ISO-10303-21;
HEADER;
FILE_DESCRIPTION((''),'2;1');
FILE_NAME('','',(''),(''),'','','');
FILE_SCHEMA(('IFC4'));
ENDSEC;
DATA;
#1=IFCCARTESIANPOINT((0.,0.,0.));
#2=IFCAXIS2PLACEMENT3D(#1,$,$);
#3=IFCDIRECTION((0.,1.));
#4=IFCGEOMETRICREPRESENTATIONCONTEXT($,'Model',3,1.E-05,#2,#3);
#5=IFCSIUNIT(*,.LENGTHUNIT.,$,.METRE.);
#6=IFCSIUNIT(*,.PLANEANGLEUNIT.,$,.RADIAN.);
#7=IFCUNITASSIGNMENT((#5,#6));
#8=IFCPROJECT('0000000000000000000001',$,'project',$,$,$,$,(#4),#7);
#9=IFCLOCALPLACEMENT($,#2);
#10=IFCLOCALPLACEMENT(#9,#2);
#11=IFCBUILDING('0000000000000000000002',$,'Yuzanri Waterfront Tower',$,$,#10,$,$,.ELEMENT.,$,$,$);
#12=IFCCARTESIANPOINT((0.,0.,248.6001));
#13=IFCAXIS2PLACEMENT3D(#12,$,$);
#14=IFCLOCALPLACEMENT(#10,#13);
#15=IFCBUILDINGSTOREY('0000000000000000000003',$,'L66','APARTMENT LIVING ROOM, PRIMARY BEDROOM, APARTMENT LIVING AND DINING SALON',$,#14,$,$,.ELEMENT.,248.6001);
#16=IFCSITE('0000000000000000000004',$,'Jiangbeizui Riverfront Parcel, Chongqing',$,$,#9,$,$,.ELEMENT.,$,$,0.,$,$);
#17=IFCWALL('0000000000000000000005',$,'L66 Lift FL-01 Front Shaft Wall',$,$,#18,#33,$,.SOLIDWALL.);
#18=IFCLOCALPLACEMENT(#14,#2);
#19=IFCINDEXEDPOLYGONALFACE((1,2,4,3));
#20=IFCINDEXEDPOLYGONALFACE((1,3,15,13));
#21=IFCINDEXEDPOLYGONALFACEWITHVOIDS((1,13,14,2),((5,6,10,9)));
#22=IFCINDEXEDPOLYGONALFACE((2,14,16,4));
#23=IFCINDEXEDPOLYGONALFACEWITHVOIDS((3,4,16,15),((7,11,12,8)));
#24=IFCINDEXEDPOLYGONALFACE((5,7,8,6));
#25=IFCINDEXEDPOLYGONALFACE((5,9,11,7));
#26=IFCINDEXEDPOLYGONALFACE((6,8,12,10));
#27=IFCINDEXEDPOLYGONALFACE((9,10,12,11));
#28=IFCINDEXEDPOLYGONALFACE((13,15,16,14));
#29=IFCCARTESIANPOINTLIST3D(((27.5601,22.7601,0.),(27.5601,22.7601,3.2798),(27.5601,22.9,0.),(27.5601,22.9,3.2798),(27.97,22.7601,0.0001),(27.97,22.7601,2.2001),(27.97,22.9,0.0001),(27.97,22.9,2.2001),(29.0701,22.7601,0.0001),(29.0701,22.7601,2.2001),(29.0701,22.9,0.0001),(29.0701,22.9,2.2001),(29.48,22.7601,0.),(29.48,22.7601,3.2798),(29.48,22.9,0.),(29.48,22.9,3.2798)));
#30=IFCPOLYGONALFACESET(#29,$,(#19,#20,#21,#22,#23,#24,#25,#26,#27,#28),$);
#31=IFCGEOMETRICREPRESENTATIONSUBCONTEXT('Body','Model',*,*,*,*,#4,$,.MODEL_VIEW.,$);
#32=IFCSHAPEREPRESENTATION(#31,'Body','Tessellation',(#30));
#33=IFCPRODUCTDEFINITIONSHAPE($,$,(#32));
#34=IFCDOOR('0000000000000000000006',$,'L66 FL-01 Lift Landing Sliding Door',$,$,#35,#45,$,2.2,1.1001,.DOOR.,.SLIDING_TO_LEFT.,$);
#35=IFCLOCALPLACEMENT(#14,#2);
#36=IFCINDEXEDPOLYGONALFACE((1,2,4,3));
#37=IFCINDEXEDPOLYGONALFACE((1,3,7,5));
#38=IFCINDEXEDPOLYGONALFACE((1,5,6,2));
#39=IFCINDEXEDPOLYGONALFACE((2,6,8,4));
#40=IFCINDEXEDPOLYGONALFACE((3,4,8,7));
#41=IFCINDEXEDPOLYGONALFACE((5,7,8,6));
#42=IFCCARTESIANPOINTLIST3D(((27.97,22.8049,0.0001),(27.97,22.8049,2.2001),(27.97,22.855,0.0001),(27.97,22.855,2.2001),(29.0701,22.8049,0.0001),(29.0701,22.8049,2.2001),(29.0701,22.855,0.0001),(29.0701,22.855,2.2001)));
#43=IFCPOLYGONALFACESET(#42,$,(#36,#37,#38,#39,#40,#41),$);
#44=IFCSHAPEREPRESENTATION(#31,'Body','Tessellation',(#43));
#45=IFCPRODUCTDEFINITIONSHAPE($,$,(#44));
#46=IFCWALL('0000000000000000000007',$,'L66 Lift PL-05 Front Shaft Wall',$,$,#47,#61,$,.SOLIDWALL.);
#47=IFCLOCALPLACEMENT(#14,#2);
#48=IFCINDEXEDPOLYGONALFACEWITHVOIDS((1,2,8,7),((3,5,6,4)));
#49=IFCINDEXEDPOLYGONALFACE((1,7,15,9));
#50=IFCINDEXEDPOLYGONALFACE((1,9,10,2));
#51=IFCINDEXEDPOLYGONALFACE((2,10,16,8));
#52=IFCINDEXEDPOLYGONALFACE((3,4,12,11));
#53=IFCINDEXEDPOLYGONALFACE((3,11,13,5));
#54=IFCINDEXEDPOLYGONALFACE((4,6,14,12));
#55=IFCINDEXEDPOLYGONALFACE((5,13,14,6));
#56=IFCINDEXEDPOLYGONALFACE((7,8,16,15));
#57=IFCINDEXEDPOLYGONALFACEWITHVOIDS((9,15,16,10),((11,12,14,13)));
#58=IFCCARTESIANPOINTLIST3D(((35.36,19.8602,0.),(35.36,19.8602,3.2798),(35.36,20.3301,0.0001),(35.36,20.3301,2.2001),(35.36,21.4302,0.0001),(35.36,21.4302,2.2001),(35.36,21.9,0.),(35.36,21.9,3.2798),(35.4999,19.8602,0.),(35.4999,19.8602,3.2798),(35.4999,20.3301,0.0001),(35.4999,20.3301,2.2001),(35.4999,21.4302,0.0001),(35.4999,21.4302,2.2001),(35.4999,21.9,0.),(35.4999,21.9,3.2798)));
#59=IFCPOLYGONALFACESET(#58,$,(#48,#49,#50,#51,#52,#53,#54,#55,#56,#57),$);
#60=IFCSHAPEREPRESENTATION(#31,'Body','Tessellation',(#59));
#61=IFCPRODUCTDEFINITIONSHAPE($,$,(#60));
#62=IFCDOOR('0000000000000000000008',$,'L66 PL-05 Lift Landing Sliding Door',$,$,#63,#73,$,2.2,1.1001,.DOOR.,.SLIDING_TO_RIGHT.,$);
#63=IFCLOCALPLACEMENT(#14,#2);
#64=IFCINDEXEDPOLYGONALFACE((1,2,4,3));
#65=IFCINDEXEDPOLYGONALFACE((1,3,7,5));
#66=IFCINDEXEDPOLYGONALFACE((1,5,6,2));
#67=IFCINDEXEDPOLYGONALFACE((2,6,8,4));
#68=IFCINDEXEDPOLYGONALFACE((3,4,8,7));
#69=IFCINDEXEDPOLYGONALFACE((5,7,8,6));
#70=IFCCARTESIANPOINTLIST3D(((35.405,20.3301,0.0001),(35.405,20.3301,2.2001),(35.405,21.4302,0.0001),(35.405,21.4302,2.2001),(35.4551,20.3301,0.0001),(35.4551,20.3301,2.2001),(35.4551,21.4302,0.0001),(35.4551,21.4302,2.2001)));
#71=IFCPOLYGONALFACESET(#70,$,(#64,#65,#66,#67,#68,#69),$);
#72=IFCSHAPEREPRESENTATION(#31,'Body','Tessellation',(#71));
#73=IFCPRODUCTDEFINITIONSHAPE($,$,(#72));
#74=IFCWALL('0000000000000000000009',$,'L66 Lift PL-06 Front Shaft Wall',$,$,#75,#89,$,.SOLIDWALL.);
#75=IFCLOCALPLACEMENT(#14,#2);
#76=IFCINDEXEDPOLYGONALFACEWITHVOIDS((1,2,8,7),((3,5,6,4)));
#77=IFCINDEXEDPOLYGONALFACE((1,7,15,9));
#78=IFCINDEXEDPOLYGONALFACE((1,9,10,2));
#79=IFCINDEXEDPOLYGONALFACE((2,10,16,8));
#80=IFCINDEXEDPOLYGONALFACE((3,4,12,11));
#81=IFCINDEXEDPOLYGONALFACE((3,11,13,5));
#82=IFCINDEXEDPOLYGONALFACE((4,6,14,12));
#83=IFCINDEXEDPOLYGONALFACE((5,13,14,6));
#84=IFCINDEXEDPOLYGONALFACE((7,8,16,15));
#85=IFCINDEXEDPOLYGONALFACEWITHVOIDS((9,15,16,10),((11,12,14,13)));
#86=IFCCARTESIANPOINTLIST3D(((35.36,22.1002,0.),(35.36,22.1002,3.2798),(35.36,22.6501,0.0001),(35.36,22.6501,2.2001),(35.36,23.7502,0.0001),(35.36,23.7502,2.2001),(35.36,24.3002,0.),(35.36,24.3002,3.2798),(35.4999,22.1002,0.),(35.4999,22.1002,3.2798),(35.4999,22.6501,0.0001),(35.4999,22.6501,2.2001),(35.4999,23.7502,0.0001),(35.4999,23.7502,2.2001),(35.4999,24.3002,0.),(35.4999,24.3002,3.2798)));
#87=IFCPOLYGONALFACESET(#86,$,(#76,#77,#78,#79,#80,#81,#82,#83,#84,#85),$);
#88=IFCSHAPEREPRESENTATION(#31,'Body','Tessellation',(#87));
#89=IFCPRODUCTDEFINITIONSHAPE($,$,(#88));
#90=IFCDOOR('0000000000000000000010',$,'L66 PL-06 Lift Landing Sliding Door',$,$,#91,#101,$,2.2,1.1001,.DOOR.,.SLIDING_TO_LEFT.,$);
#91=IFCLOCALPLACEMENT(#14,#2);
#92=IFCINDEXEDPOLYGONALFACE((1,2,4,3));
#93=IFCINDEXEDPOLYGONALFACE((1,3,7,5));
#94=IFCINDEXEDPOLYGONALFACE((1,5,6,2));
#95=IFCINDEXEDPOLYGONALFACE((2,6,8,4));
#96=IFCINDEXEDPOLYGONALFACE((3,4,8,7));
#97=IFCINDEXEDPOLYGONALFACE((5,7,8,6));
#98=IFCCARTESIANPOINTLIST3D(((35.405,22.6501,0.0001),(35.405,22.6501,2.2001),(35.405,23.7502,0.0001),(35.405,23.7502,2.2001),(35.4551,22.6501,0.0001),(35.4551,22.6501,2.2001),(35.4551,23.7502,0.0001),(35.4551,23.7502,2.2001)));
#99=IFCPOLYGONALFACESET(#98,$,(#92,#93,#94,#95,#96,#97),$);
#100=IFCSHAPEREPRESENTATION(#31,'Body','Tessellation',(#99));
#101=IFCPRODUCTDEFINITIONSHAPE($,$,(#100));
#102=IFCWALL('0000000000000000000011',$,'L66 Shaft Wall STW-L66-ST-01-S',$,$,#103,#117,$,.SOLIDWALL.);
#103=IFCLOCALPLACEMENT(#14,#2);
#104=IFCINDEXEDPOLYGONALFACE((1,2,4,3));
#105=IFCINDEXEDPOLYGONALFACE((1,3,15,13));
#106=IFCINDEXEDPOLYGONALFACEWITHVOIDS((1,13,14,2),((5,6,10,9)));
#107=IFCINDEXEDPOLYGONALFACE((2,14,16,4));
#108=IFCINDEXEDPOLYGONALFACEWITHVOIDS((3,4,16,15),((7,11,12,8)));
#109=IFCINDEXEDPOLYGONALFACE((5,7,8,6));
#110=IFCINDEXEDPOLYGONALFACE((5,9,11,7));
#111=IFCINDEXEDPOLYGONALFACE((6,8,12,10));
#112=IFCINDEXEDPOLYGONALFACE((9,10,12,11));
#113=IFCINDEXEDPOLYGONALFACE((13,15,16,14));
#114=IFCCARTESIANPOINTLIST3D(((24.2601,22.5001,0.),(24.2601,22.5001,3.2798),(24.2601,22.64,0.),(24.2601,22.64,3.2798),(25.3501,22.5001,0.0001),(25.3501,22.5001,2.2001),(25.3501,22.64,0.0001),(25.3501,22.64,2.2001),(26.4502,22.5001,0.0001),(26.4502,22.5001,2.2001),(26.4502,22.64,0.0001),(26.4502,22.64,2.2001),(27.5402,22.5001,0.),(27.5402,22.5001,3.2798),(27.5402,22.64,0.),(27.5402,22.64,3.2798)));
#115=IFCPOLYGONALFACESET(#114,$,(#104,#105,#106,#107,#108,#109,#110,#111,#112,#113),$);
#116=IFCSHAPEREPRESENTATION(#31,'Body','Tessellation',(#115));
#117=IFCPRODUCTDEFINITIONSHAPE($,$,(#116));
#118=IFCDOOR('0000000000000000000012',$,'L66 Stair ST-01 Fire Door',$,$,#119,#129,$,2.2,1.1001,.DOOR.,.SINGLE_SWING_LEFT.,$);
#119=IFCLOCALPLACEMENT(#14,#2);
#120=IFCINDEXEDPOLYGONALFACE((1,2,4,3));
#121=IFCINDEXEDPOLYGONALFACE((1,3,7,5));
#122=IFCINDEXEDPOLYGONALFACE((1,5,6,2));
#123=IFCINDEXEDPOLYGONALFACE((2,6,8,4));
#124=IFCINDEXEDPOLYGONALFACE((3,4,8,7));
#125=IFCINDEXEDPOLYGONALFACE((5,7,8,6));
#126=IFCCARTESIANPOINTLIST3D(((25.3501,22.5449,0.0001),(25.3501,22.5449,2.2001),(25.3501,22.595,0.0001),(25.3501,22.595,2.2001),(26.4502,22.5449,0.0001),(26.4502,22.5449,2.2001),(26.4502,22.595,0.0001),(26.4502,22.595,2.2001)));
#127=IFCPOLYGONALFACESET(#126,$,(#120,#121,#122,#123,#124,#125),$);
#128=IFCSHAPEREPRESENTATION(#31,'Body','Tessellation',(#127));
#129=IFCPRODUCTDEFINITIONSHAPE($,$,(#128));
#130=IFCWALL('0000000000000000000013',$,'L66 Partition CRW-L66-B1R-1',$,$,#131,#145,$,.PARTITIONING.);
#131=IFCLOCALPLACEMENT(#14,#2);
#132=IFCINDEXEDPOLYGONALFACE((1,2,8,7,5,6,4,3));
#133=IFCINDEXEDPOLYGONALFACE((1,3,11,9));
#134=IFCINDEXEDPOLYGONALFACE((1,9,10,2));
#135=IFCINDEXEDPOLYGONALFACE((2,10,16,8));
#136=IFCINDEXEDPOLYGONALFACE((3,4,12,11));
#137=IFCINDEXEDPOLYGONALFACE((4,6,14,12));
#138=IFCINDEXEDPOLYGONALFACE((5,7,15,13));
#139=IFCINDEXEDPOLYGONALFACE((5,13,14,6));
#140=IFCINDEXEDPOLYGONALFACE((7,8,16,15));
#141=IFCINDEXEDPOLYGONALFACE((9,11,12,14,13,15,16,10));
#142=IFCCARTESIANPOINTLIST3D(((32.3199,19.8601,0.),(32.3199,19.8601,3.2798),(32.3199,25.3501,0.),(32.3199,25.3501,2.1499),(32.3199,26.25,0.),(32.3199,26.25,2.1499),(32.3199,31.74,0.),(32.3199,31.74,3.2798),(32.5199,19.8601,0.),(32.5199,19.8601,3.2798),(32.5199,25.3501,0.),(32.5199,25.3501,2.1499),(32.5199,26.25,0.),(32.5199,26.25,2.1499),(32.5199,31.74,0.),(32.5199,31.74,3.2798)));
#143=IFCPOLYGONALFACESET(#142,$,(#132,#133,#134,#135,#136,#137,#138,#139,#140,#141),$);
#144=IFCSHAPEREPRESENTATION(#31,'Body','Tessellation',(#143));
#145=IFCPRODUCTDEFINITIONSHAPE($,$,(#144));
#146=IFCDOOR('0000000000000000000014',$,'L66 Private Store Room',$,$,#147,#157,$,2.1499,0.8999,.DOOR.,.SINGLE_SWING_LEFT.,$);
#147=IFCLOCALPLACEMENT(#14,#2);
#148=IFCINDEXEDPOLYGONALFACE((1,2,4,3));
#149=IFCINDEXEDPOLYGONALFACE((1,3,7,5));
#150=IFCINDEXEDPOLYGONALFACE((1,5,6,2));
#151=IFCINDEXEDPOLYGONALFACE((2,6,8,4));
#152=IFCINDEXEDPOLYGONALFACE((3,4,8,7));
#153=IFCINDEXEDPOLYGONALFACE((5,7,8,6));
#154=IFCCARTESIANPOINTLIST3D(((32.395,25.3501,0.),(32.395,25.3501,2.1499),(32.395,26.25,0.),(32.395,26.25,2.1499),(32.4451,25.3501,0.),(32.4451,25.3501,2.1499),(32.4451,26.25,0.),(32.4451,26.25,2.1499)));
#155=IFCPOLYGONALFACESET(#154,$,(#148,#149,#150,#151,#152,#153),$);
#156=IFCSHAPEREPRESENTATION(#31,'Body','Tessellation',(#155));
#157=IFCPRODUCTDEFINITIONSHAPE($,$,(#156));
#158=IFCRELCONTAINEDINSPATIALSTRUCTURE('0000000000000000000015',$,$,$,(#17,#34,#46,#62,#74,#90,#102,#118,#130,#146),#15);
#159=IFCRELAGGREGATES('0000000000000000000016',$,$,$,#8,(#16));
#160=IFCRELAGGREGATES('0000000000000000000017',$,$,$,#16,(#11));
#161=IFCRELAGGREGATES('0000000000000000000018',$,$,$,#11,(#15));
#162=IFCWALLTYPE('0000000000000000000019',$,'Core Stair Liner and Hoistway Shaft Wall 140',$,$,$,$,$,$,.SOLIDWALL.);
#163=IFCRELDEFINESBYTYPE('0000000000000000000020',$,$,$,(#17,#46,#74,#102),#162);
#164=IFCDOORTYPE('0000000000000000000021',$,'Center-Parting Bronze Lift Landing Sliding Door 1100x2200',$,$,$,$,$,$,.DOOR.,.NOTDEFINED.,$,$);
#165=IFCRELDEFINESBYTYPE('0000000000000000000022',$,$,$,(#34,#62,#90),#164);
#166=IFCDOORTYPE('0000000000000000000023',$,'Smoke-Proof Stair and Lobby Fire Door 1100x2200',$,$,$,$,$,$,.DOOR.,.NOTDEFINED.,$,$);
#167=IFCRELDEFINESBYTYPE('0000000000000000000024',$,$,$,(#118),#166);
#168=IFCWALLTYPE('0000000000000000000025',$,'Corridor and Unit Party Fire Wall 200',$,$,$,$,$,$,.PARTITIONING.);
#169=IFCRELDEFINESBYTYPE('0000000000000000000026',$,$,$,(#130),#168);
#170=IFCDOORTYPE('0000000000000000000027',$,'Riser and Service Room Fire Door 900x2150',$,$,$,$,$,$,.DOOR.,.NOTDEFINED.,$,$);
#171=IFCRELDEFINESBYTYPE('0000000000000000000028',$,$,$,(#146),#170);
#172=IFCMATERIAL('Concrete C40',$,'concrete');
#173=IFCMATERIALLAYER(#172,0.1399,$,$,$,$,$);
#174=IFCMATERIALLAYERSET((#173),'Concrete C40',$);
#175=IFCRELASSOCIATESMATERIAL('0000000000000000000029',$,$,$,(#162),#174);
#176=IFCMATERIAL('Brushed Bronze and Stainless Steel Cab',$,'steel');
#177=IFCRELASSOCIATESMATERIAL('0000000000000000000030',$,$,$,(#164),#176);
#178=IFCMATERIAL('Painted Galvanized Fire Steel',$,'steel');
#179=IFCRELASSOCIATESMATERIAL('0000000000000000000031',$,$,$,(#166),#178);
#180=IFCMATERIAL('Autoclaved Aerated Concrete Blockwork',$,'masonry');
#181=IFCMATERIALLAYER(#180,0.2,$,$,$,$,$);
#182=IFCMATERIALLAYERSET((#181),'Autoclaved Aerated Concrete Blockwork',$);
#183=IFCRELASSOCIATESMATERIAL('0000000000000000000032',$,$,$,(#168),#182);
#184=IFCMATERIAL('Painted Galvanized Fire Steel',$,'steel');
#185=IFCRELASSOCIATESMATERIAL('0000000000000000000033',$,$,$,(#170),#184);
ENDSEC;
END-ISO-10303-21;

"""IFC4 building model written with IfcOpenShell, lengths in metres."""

from ifc_helpers import new_model, si_unit, direction, frame, frame_2d, origin, place, context, subcontext, project, spatial, rectangle, extrude, source, transform, mapped, material, layer, layer_set, type_object, element, fill, save


model = new_model("IFC4")

# Units and contexts
model_context = context("Model", 3, precision=1e-05, world=origin(), true_north=direction((0.0, 1.0)))
body_context = subcontext(model_context, "Body", "Model", "MODEL_VIEW")
ifc_project = project(units=[si_unit("LENGTHUNIT", "METRE"), si_unit("PLANEANGLEUNIT", "RADIAN")], contexts=[model_context])

# Site, building, storey
site_placement = place(None, origin())
site = spatial("IfcSite", under=ifc_project, at=site_placement, Name="Jiangbeizui Riverfront Parcel, Chongqing", CompositionType="ELEMENT", RefElevation=0.0)
building_placement = place(site_placement, origin())
building = spatial("IfcBuilding", under=site, at=building_placement, Name="Yuzanri Waterfront Tower", CompositionType="ELEMENT")
storey_placement = place(building_placement, frame((0.0, 0.0, 248.6001)))
storey = spatial("IfcBuildingStorey", under=building, at=storey_placement, Name="L66", Description="APARTMENT LIVING ROOM, PRIMARY BEDROOM, APARTMENT LIVING AND DINING SALON", CompositionType="ELEMENT", Elevation=248.6001)

# Walls, openings, doors
ifc_material_1 = material(Name="Concrete C40", Category="concrete")
ifc_layer_1 = layer(ifc_material_1, 0.1399)
ifc_layer_set_1 = layer_set([ifc_layer_1], Name="Concrete C40")
wall_type_1 = type_object("IfcWallType", Name="Core Stair Liner and Hoistway Shaft Wall 140", PredefinedType="SOLIDWALL", material=ifc_layer_set_1)
wall_1_placement = place(storey_placement, frame((27.5601, 22.8301, 0.0), z_axis=(0.0, 0.0, 1.0), x_axis=(1.0, 0.0, 0.0)))
wall_1 = element("IfcWall", 1, at=wall_1_placement, inside=storey, type_object=wall_type_1, Name="L66 Lift FL-01 Front Shaft Wall", PredefinedType="SOLIDWALL", context=body_context, shape_type="SweptSolid", body=[
    extrude(rectangle(XDim=1.9199, YDim=0.1399, at=frame_2d((0.96, 0.0))), origin(), (0.0, 0.0, 1.0), 3.2798),
])
opening_1_placement = place(wall_1_placement, frame((0.4099, 0.0, 0.0)))
opening_1 = element("IfcOpeningElement", 2, at=opening_1_placement, cuts=wall_1, PredefinedType="OPENING", context=body_context, shape_type="SweptSolid", body=[
    extrude(rectangle(XDim=1.1001, YDim=2.2, at=frame_2d((0.55, 1.1001))), frame((0.0, 0.085, 0.0), z_axis=(0.0, -1.0, 0.0), x_axis=(1.0, 0.0, 0.0)), (0.0, 0.0, 1.0), 0.1697),
])
ifc_material_2 = material(Name="Brushed Bronze and Stainless Steel Cab", Category="steel")
door_type_1 = type_object("IfcDoorType", Name="Center-Parting Bronze Lift Landing Sliding Door 1100x2200", OperationType="NOTDEFINED", PredefinedType="DOOR", material=ifc_material_2)
shared_shape_1 = source(origin(), body_context, "Body", "SweptSolid", [
    extrude(rectangle(XDim=1.1001, YDim=2.2, at=frame_2d((0.55, 1.1001))), frame((0.0, 0.0249, 0.0), z_axis=(0.0, -1.0, 0.0), x_axis=(1.0, 0.0, 0.0)), (0.0, 0.0, 1.0), 0.05),
])
door_1_placement = place(opening_1_placement, origin())
door_1 = element("IfcDoor", 3, at=door_1_placement, inside=storey, type_object=door_type_1, Name="L66 FL-01 Lift Landing Sliding Door", OperationType="SLIDING_TO_LEFT", OverallHeight=2.2, OverallWidth=1.1001, PredefinedType="DOOR", context=body_context, shape_type="MappedRepresentation", body=[
    mapped(shared_shape_1, transform((0.0, 0.0, 0.0), scale=1.0)),
])
fill(opening_1, door_1)
wall_2_placement = place(storey_placement, frame((35.4299, 19.8601, 0.0), z_axis=(0.0, 0.0, 1.0), x_axis=(0.0, 1.0, 0.0)))
wall_2 = element("IfcWall", 4, at=wall_2_placement, inside=storey, type_object=wall_type_1, Name="L66 Lift PL-05 Front Shaft Wall", PredefinedType="SOLIDWALL", context=body_context, shape_type="SweptSolid", body=[
    extrude(rectangle(XDim=2.0398, YDim=0.1399, at=frame_2d((1.02, 0.0))), origin(), (0.0, 0.0, 1.0), 3.2798),
])
opening_2_placement = place(wall_2_placement, frame((0.47, 0.0, 0.0)))
opening_2 = element("IfcOpeningElement", 5, at=opening_2_placement, cuts=wall_2, PredefinedType="OPENING", context=body_context, shape_type="SweptSolid", body=[
    extrude(rectangle(XDim=1.1001, YDim=2.2, at=frame_2d((0.55, 1.1001))), frame((0.0, 0.085, 0.0), z_axis=(0.0, -1.0, 0.0), x_axis=(1.0, 0.0, 0.0)), (0.0, 0.0, 1.0), 0.1697),
])
door_2_placement = place(opening_2_placement, origin())
door_2 = element("IfcDoor", 6, at=door_2_placement, inside=storey, type_object=door_type_1, Name="L66 PL-05 Lift Landing Sliding Door", OperationType="SLIDING_TO_RIGHT", OverallHeight=2.2, OverallWidth=1.1001, PredefinedType="DOOR", context=body_context, shape_type="MappedRepresentation", body=[
    mapped(shared_shape_1, transform((0.0, 0.0, 0.0), scale=1.0)),
])
fill(opening_2, door_2)
wall_3_placement = place(storey_placement, frame((35.4299, 22.1001, 0.0), z_axis=(0.0, 0.0, 1.0), x_axis=(0.0, 1.0, 0.0)))
wall_3 = element("IfcWall", 7, at=wall_3_placement, inside=storey, type_object=wall_type_1, Name="L66 Lift PL-06 Front Shaft Wall", PredefinedType="SOLIDWALL", context=body_context, shape_type="SweptSolid", body=[
    extrude(rectangle(XDim=2.2, YDim=0.1399, at=frame_2d((1.1001, 0.0))), origin(), (0.0, 0.0, 1.0), 3.2798),
])
opening_3_placement = place(wall_3_placement, frame((0.55, 0.0, 0.0)))
opening_3 = element("IfcOpeningElement", 8, at=opening_3_placement, cuts=wall_3, PredefinedType="OPENING", context=body_context, shape_type="SweptSolid", body=[
    extrude(rectangle(XDim=1.1001, YDim=2.2, at=frame_2d((0.55, 1.1001))), frame((0.0, 0.085, 0.0), z_axis=(0.0, -1.0, 0.0), x_axis=(1.0, 0.0, 0.0)), (0.0, 0.0, 1.0), 0.1697),
])
door_3_placement = place(opening_3_placement, origin())
door_3 = element("IfcDoor", 9, at=door_3_placement, inside=storey, type_object=door_type_1, Name="L66 PL-06 Lift Landing Sliding Door", OperationType="SLIDING_TO_LEFT", OverallHeight=2.2, OverallWidth=1.1001, PredefinedType="DOOR", context=body_context, shape_type="MappedRepresentation", body=[
    mapped(shared_shape_1, transform((0.0, 0.0, 0.0), scale=1.0)),
])
fill(opening_3, door_3)
wall_4_placement = place(storey_placement, frame((24.26, 22.5701, 0.0), z_axis=(0.0, 0.0, 1.0), x_axis=(1.0, 0.0, 0.0)))
wall_4 = element("IfcWall", 10, at=wall_4_placement, inside=storey, type_object=wall_type_1, Name="L66 Shaft Wall STW-L66-ST-01-S", PredefinedType="SOLIDWALL", context=body_context, shape_type="SweptSolid", body=[
    extrude(rectangle(XDim=3.28, YDim=0.1399, at=frame_2d((1.6401, 0.0))), origin(), (0.0, 0.0, 1.0), 3.2798),
])
opening_4_placement = place(wall_4_placement, frame((1.0901, 0.0, 0.0)))
opening_4 = element("IfcOpeningElement", 11, at=opening_4_placement, cuts=wall_4, PredefinedType="OPENING", context=body_context, shape_type="SweptSolid", body=[
    extrude(rectangle(XDim=1.1001, YDim=2.2, at=frame_2d((0.55, 1.1001))), frame((0.0, 0.085, 0.0), z_axis=(0.0, -1.0, 0.0), x_axis=(1.0, 0.0, 0.0)), (0.0, 0.0, 1.0), 0.1697),
])
ifc_material_3 = material(Name="Painted Galvanized Fire Steel", Category="steel")
door_type_2 = type_object("IfcDoorType", Name="Smoke-Proof Stair and Lobby Fire Door 1100x2200", OperationType="NOTDEFINED", PredefinedType="DOOR", material=ifc_material_3)
shared_shape_2 = source(origin(), body_context, "Body", "SweptSolid", [
    extrude(rectangle(XDim=1.1001, YDim=2.2, at=frame_2d((0.55, 1.1001))), frame((0.0, 0.0249, 0.0), z_axis=(0.0, -1.0, 0.0), x_axis=(1.0, 0.0, 0.0)), (0.0, 0.0, 1.0), 0.05),
])
door_4_placement = place(opening_4_placement, origin())
door_4 = element("IfcDoor", 12, at=door_4_placement, inside=storey, type_object=door_type_2, Name="L66 Stair ST-01 Fire Door", OperationType="SINGLE_SWING_LEFT", OverallHeight=2.2, OverallWidth=1.1001, PredefinedType="DOOR", context=body_context, shape_type="MappedRepresentation", body=[
    mapped(shared_shape_2, transform((0.0, 0.0, 0.0), scale=1.0)),
])
fill(opening_4, door_4)
ifc_material_4 = material(Name="Autoclaved Aerated Concrete Blockwork", Category="masonry")
ifc_layer_2 = layer(ifc_material_4, 0.2)
ifc_layer_set_2 = layer_set([ifc_layer_2], Name="Autoclaved Aerated Concrete Blockwork")
wall_type_2 = type_object("IfcWallType", Name="Corridor and Unit Party Fire Wall 200", PredefinedType="PARTITIONING", material=ifc_layer_set_2)
wall_5_placement = place(storey_placement, frame((32.4199, 19.8601, 0.0), z_axis=(0.0, 0.0, 1.0), x_axis=(0.0, 1.0, 0.0)))
wall_5 = element("IfcWall", 13, at=wall_5_placement, inside=storey, type_object=wall_type_2, Name="L66 Partition CRW-L66-B1R-1", PredefinedType="PARTITIONING", context=body_context, shape_type="SweptSolid", body=[
    extrude(rectangle(XDim=11.8799, YDim=0.2, at=frame_2d((5.9399, 0.0))), origin(), (0.0, 0.0, 1.0), 3.2798),
])
opening_5_placement = place(wall_5_placement, frame((5.49, 0.0, 0.0)))
opening_5 = element("IfcOpeningElement", 14, at=opening_5_placement, cuts=wall_5, PredefinedType="OPENING", context=body_context, shape_type="SweptSolid", body=[
    extrude(rectangle(XDim=0.8999, YDim=2.1499, at=frame_2d((0.45, 1.075))), frame((0.0, 0.1147, 0.0), z_axis=(0.0, -1.0, 0.0), x_axis=(1.0, 0.0, 0.0)), (0.0, 0.0, 1.0), 0.2297),
])
ifc_material_5 = material(Name="Painted Galvanized Fire Steel", Category="steel")
door_type_3 = type_object("IfcDoorType", Name="Riser and Service Room Fire Door 900x2150", OperationType="NOTDEFINED", PredefinedType="DOOR", material=ifc_material_5)
shared_shape_3 = source(origin(), body_context, "Body", "SweptSolid", [
    extrude(rectangle(XDim=0.8999, YDim=2.1499, at=frame_2d((0.45, 1.075))), frame((0.0, 0.0249, 0.0), z_axis=(0.0, -1.0, 0.0), x_axis=(1.0, 0.0, 0.0)), (0.0, 0.0, 1.0), 0.05),
])
door_5_placement = place(opening_5_placement, origin())
door_5 = element("IfcDoor", 15, at=door_5_placement, inside=storey, type_object=door_type_3, Name="L66 Private Store Room", OperationType="SINGLE_SWING_LEFT", OverallHeight=2.1499, OverallWidth=0.8999, PredefinedType="DOOR", context=body_context, shape_type="MappedRepresentation", body=[
    mapped(shared_shape_3, transform((0.0, 0.0, 0.0), scale=1.0)),
])
fill(opening_5, door_5)

save(model, "model.ifc")
